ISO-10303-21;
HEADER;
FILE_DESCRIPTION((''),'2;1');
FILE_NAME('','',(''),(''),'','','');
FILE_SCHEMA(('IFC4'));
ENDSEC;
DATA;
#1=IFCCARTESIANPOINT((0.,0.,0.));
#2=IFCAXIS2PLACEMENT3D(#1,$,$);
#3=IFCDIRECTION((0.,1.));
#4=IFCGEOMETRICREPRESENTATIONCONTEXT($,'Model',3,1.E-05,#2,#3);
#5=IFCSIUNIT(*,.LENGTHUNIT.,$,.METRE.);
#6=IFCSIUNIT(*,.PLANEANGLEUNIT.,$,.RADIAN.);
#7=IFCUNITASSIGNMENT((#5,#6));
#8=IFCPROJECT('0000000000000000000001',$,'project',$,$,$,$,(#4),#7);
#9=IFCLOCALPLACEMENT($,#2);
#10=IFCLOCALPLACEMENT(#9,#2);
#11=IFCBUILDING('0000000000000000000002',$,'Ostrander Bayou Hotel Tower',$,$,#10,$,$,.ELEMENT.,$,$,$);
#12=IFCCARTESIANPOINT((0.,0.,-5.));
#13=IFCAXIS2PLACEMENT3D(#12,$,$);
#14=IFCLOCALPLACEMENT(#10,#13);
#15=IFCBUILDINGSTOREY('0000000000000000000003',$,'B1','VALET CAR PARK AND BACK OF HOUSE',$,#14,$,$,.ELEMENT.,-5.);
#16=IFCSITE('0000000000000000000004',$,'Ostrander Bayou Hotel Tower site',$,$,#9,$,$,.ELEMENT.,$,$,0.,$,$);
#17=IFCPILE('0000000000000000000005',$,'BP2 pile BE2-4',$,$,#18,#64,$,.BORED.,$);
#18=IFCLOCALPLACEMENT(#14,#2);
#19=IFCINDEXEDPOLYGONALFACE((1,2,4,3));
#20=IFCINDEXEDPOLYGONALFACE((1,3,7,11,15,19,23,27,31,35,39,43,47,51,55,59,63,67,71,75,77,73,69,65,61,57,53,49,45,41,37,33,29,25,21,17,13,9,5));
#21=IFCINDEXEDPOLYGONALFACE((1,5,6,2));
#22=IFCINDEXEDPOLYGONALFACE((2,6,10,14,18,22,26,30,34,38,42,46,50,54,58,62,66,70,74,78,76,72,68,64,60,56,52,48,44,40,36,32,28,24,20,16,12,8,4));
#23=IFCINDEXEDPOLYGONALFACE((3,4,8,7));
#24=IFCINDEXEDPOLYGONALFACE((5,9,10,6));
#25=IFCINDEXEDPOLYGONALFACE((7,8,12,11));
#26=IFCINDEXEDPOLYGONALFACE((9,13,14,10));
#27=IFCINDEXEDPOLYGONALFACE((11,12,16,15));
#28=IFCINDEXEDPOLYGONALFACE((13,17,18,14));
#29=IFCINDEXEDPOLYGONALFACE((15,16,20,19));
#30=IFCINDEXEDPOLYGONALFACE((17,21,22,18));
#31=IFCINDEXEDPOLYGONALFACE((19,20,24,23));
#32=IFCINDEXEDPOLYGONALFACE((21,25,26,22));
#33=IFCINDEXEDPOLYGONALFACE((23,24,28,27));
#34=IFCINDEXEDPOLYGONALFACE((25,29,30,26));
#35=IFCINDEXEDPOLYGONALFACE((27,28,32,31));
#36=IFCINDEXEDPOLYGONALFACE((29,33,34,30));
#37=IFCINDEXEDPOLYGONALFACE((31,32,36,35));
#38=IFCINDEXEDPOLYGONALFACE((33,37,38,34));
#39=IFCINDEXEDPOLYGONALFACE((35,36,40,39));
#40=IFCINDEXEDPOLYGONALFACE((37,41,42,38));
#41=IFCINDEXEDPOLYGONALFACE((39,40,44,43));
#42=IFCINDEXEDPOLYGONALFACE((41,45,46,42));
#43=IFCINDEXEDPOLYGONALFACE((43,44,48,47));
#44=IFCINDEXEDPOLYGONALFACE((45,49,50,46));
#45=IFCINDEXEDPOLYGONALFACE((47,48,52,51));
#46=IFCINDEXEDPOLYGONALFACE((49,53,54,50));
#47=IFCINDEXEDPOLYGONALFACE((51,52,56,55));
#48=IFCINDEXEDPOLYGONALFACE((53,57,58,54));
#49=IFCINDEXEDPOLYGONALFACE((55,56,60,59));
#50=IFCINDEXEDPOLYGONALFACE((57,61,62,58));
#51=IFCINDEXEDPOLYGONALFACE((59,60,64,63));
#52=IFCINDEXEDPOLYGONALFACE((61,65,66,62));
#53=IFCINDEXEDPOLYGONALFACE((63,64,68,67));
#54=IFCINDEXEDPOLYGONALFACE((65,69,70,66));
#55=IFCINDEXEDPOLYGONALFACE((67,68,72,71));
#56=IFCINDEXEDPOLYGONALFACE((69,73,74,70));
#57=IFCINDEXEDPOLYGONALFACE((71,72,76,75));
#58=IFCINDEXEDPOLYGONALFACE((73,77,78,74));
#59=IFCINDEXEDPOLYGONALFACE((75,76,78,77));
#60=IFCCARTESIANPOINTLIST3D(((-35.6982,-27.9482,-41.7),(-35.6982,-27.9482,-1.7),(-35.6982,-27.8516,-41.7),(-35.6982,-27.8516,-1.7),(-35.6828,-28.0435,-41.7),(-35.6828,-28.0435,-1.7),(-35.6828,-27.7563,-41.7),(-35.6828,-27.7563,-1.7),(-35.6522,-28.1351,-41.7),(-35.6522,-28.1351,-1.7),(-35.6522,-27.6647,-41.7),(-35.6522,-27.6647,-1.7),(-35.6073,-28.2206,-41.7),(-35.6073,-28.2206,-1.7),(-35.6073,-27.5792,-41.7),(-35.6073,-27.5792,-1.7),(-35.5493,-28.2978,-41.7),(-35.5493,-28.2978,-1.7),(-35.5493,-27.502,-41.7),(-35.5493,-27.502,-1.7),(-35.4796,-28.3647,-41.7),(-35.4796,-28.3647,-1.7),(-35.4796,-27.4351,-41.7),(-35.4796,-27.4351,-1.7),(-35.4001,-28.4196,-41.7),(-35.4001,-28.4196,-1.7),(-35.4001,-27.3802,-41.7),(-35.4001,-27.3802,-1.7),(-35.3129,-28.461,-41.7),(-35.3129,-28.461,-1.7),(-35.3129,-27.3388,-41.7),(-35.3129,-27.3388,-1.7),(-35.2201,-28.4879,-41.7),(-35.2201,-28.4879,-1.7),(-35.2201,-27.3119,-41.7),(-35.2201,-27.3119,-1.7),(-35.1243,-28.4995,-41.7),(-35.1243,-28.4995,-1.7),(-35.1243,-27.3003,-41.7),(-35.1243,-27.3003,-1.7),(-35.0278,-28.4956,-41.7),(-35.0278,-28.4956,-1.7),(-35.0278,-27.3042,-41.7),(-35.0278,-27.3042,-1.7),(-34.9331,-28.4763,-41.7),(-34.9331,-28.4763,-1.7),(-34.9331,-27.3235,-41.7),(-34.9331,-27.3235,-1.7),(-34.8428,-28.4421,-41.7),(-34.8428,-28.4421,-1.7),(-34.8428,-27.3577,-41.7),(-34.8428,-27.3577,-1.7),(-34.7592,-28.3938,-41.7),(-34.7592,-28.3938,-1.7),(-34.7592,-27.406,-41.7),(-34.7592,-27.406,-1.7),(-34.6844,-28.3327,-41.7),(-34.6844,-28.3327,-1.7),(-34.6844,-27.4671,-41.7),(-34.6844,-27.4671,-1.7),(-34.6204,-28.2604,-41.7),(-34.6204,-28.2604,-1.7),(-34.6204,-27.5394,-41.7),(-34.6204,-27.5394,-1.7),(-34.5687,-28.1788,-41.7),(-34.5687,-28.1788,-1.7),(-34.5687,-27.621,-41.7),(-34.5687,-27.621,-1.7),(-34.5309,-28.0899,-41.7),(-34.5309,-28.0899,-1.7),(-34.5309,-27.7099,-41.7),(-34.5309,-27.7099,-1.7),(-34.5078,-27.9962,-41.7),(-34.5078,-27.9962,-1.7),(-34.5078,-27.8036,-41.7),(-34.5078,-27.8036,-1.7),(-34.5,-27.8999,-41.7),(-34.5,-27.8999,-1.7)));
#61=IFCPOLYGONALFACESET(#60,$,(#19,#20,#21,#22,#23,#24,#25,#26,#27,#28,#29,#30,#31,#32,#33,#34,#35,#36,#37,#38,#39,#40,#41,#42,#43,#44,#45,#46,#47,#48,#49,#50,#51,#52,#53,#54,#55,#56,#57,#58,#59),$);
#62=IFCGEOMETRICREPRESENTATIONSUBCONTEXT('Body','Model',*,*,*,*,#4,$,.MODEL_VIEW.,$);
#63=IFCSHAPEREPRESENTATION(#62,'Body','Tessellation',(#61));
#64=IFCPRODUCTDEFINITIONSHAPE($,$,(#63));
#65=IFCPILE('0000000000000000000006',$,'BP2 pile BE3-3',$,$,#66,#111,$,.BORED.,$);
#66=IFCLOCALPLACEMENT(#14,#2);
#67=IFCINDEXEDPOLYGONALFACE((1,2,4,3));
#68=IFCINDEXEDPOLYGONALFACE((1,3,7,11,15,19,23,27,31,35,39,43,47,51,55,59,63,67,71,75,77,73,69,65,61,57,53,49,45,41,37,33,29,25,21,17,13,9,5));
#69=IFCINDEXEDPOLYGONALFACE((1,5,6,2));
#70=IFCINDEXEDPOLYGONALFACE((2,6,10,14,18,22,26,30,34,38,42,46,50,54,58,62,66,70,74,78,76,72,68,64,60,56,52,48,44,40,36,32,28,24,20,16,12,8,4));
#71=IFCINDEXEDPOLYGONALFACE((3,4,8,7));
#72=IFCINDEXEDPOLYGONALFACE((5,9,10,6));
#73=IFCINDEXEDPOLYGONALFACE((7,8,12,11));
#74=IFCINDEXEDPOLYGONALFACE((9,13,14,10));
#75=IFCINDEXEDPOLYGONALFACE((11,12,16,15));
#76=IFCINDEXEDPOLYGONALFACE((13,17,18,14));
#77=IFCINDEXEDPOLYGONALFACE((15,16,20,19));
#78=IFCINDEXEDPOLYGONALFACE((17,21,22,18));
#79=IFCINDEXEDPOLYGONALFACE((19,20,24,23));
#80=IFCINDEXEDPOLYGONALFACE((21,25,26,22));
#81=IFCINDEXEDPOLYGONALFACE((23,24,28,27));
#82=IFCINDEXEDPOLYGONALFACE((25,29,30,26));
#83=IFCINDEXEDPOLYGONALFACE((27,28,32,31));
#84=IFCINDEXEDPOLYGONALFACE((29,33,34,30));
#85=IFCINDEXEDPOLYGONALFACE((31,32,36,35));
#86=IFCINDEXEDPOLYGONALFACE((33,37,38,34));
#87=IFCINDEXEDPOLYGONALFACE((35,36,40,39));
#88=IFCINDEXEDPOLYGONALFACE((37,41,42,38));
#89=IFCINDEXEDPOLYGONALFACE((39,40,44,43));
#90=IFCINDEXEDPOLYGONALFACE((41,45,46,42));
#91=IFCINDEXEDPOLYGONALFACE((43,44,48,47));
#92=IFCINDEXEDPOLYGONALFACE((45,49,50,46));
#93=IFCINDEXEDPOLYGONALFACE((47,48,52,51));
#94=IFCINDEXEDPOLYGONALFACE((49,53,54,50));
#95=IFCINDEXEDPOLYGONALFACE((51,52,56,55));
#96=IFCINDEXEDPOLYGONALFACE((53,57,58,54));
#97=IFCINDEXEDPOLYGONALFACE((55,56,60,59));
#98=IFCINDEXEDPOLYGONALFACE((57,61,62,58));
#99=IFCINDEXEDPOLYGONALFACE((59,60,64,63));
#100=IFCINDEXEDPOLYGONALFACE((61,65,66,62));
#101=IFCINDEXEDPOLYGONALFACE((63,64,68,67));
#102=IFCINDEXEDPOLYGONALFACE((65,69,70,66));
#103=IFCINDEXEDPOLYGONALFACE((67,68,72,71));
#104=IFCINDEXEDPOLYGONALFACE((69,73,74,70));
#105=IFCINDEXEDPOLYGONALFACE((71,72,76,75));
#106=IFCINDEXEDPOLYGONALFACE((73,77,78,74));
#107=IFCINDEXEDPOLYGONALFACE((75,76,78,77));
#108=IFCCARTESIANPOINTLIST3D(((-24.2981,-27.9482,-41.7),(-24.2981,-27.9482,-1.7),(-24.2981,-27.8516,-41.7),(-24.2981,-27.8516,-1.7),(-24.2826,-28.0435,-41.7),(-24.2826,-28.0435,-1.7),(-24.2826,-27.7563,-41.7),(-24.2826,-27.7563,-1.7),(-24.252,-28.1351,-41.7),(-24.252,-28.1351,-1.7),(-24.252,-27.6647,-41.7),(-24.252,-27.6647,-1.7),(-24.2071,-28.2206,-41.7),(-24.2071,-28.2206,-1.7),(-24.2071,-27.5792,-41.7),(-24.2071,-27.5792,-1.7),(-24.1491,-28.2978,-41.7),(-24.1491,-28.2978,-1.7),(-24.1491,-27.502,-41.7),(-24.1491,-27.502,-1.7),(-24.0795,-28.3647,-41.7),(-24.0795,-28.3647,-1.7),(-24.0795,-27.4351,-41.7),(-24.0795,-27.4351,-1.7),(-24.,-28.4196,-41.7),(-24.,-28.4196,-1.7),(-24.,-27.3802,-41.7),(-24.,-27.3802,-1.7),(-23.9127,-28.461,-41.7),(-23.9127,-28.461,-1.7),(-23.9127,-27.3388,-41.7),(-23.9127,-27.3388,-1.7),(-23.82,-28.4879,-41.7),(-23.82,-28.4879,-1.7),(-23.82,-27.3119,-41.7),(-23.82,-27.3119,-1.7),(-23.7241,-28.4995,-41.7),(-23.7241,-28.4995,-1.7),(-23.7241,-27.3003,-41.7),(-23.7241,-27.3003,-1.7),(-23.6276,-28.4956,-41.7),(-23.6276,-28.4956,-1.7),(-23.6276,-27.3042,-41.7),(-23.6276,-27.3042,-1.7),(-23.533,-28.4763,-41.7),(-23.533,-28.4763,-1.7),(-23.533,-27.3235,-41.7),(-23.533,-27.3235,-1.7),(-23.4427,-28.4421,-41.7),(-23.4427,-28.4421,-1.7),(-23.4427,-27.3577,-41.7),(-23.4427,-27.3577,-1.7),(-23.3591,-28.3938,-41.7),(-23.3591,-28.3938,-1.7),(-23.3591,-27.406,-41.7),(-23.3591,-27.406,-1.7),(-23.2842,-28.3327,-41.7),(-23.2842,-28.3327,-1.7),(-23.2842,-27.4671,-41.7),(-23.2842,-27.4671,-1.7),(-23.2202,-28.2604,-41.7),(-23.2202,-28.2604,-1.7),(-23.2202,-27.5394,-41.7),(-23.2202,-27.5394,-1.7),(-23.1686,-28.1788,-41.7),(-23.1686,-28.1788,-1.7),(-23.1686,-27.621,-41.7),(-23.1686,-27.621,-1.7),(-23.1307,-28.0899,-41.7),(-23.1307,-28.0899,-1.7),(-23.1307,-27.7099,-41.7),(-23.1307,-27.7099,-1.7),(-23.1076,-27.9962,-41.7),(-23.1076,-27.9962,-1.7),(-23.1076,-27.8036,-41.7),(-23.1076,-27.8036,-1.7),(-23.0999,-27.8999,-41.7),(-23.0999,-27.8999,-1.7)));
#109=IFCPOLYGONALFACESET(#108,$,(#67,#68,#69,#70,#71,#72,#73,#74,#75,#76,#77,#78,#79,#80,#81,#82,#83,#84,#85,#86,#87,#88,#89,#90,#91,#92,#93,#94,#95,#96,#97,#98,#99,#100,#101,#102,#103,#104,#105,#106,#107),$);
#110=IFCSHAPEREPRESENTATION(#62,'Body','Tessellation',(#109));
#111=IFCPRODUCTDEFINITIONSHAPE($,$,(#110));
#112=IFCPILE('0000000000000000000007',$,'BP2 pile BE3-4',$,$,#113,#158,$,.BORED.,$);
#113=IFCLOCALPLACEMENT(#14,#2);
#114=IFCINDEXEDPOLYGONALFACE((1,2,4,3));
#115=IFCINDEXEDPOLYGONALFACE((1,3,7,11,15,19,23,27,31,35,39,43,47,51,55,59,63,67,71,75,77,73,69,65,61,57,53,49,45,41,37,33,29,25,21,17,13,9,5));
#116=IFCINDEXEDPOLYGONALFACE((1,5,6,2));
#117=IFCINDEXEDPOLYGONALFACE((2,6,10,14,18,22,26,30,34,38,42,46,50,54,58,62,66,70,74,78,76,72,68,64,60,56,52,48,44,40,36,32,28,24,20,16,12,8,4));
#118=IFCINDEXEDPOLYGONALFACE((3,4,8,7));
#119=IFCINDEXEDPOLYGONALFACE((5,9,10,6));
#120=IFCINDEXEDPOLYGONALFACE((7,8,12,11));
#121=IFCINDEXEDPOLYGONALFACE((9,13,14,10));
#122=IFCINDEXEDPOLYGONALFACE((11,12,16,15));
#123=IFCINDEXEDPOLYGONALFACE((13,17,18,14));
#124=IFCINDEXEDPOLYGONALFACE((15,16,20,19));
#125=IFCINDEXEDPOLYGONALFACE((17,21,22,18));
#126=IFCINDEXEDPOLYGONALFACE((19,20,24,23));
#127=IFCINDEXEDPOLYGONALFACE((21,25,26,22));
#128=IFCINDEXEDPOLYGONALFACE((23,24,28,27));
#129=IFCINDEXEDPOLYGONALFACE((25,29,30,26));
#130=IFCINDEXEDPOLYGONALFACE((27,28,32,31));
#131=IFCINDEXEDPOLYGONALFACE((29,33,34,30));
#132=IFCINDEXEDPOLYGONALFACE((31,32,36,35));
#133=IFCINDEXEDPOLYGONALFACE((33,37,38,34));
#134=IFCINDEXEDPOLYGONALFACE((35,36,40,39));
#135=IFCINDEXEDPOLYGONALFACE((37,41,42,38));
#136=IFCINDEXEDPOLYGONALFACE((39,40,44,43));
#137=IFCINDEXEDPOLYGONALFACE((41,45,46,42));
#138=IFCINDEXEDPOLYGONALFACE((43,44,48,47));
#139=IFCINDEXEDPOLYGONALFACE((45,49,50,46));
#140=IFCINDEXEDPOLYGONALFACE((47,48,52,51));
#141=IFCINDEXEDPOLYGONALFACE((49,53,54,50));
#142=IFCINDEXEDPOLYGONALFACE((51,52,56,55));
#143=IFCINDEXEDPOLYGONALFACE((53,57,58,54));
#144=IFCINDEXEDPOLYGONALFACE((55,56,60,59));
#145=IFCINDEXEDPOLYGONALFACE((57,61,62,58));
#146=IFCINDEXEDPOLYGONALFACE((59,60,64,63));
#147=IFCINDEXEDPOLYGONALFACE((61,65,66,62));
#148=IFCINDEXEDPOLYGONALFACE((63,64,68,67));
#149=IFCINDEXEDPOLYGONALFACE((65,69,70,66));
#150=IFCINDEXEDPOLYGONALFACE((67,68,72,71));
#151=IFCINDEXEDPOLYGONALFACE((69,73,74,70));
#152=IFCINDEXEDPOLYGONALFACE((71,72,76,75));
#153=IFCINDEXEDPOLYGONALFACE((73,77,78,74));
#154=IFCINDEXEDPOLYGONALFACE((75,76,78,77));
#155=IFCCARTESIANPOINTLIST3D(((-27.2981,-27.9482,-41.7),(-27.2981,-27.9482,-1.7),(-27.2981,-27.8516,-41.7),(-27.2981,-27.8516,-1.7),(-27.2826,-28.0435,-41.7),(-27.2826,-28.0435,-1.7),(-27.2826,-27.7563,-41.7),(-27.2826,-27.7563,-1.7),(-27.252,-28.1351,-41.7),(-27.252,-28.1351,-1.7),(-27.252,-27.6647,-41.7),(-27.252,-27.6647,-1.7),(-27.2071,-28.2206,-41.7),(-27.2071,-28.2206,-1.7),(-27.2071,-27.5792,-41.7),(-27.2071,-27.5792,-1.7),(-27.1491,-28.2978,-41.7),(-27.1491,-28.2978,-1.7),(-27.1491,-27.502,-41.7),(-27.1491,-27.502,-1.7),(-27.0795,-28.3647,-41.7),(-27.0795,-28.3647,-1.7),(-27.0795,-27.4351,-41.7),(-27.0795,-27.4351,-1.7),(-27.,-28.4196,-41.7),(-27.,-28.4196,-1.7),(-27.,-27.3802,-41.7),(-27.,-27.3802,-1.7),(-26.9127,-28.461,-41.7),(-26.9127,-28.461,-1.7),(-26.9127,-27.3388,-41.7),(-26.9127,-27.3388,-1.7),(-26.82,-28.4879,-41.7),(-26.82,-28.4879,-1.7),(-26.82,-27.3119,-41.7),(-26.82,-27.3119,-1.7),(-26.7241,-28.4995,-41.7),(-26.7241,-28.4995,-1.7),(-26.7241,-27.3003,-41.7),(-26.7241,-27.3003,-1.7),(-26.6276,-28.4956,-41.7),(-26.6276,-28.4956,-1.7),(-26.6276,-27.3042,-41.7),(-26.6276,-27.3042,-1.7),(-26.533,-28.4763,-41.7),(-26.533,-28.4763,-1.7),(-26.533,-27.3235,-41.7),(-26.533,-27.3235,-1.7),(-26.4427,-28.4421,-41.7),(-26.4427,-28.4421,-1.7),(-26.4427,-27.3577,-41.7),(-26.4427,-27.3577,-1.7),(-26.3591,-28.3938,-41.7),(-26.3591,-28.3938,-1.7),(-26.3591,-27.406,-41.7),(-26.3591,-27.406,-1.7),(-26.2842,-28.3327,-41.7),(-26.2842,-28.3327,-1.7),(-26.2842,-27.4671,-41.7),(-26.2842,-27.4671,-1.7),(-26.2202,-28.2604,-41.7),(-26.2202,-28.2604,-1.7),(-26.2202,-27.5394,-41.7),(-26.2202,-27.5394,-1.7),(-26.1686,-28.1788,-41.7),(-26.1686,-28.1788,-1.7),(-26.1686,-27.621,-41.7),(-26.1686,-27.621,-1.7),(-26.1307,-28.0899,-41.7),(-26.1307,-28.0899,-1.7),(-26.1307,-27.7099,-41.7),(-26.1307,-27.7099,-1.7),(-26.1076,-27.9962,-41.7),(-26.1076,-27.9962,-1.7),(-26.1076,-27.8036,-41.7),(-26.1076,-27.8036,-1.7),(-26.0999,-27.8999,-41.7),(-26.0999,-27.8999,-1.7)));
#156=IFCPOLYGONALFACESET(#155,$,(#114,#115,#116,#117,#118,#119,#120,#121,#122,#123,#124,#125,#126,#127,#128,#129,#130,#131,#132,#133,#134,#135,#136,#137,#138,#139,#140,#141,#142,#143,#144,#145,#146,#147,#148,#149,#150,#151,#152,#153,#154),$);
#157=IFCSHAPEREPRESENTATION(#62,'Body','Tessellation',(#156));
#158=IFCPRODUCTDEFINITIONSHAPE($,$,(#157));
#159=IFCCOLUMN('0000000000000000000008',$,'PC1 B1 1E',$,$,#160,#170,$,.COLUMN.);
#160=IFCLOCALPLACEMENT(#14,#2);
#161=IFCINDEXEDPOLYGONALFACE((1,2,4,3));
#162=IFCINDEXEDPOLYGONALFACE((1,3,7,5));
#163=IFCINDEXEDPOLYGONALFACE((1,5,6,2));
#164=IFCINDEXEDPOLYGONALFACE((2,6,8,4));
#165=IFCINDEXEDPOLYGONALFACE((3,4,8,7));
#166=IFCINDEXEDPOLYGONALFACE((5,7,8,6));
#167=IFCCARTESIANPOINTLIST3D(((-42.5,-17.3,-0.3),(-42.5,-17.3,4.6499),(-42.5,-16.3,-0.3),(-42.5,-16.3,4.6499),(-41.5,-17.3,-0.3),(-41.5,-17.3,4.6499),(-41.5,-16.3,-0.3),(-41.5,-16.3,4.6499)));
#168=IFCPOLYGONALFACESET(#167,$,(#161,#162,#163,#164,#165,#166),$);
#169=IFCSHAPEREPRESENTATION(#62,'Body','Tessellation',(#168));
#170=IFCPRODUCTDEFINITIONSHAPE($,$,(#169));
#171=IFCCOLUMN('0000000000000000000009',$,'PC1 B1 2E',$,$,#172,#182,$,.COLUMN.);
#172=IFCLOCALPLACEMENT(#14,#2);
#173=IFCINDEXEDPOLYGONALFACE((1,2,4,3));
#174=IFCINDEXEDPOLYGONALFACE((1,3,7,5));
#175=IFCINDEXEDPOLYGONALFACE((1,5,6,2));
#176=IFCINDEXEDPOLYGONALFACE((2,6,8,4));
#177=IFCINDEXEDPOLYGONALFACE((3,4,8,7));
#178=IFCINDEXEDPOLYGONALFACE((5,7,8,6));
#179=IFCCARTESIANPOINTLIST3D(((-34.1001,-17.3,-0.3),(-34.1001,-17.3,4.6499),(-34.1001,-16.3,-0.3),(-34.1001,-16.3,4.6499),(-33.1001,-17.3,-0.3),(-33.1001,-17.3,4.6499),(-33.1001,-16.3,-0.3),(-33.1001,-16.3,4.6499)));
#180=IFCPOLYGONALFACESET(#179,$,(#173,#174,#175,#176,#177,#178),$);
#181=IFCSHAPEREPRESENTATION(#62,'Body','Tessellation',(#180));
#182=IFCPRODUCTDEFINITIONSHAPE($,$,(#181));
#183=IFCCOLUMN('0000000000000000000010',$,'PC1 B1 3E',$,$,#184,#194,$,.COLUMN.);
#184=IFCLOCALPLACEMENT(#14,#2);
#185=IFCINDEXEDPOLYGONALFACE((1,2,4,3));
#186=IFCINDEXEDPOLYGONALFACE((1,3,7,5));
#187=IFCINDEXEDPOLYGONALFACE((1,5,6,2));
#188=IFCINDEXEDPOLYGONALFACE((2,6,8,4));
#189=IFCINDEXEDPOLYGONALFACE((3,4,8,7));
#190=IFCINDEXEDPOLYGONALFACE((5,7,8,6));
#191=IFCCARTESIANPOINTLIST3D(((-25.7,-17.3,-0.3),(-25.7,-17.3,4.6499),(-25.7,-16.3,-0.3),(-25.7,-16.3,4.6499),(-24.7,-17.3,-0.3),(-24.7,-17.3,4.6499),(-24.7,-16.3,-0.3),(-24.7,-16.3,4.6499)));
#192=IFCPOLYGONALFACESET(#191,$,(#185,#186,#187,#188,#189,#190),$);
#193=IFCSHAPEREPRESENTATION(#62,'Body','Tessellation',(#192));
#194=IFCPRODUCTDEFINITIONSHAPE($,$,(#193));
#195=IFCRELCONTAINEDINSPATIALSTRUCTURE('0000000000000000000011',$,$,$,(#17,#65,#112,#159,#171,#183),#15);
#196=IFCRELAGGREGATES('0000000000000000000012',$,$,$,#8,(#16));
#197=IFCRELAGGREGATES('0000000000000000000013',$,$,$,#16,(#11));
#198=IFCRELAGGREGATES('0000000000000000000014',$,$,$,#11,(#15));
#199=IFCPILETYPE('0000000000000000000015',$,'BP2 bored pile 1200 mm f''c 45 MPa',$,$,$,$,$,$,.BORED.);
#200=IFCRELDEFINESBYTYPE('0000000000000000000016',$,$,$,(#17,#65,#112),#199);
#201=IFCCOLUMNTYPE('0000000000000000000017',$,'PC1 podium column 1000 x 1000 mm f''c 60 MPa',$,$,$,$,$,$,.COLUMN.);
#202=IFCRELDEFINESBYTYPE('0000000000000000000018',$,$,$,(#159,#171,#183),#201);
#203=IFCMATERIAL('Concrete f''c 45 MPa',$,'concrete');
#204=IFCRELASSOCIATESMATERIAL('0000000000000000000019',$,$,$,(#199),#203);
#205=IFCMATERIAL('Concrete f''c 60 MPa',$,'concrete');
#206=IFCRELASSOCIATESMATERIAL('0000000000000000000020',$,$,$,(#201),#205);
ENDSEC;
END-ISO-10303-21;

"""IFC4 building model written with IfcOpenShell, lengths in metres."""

from ifc_helpers import new_model, si_unit, direction, frame, origin, origin_2d, place, context, subcontext, project, spatial, rectangle, circle, extrude, material, material_profile, profile_set, type_object, element, save


model = new_model("IFC4")

# Units and contexts
model_context = context("Model", 3, precision=1e-05, world=origin(), true_north=direction((0.0, 1.0)))
body_context = subcontext(model_context, "Body", "Model", "MODEL_VIEW")
ifc_project = project(units=[si_unit("LENGTHUNIT", "METRE"), si_unit("PLANEANGLEUNIT", "RADIAN")], contexts=[model_context])

# Site, building, storey
site_placement = place(None, origin())
site = spatial("IfcSite", under=ifc_project, at=site_placement, Name="Ostrander Bayou Hotel Tower site", CompositionType="ELEMENT", RefElevation=0.0)
building_placement = place(site_placement, origin())
building = spatial("IfcBuilding", under=site, at=building_placement, Name="Ostrander Bayou Hotel Tower", CompositionType="ELEMENT")
storey_placement = place(building_placement, frame((0.0, 0.0, -5.0)))
storey = spatial("IfcBuildingStorey", under=building, at=storey_placement, Name="B1", Description="VALET CAR PARK AND BACK OF HOUSE", CompositionType="ELEMENT", Elevation=-5.0)

# Piles
ifc_material_1 = material(Name="Concrete f'c 45 MPa", Category="concrete")
ifc_material_profile_1 = material_profile(ifc_material_1, circle(Radius=0.6001, at=origin_2d()))
ifc_profile_set_1 = profile_set([ifc_material_profile_1], Name="Concrete f'c 45 MPa")
pile_type = type_object("IfcPileType", Name="BP2 bored pile 1200 mm f'c 45 MPa", PredefinedType="BORED", material=ifc_profile_set_1)
for number, where, z_axis, x_axis, name in (
    (1, (-35.1001, -27.8999, -1.7), (0.0, 0.0, -1.0), (1.0, 0.0, 0.0), "BP2 pile BE2-4"),
    (2, (-23.7, -27.8999, -1.7), (0.0, 0.0, -1.0), (1.0, 0.0, 0.0), "BP2 pile BE3-3"),
    (3, (-26.7, -27.8999, -1.7), (0.0, 0.0, -1.0), (1.0, 0.0, 0.0), "BP2 pile BE3-4"),
):
    element("IfcPile", number, at=place(storey_placement, frame(where, z_axis=z_axis, x_axis=x_axis)), inside=storey, type_object=pile_type, Name=name, PredefinedType="BORED", context=body_context, shape_type="SweptSolid", body=[
        extrude(circle(Radius=0.6001, at=origin_2d()), origin(), (0.0, 0.0, 1.0), 40.0),
    ])

# Columns
ifc_material_2 = material(Name="Concrete f'c 60 MPa", Category="concrete")
ifc_material_profile_2 = material_profile(ifc_material_2, rectangle(XDim=1.0, YDim=1.0, at=origin_2d()))
ifc_profile_set_2 = profile_set([ifc_material_profile_2], Name="Concrete f'c 60 MPa")
column_type = type_object("IfcColumnType", Name="PC1 podium column 1000 x 1000 mm f'c 60 MPa", PredefinedType="COLUMN", material=ifc_profile_set_2)
for number, where, z_axis, x_axis, name in (
    (4, (-42.0, -16.8, -0.3), (0.0, 0.0, 1.0), (1.0, 0.0, 0.0), "PC1 B1 1E"),
    (5, (-33.6001, -16.8, -0.3), (0.0, 0.0, 1.0), (1.0, 0.0, 0.0), "PC1 B1 2E"),
    (6, (-25.2, -16.8, -0.3), (0.0, 0.0, 1.0), (1.0, 0.0, 0.0), "PC1 B1 3E"),
):
    element("IfcColumn", number, at=place(storey_placement, frame(where, z_axis=z_axis, x_axis=x_axis)), inside=storey, type_object=column_type, Name=name, PredefinedType="COLUMN", context=body_context, shape_type="SweptSolid", body=[
        extrude(rectangle(XDim=1.0, YDim=1.0, at=origin_2d()), origin(), (0.0, 0.0, 1.0), 4.95),
    ])

save(model, "model.ifc")
